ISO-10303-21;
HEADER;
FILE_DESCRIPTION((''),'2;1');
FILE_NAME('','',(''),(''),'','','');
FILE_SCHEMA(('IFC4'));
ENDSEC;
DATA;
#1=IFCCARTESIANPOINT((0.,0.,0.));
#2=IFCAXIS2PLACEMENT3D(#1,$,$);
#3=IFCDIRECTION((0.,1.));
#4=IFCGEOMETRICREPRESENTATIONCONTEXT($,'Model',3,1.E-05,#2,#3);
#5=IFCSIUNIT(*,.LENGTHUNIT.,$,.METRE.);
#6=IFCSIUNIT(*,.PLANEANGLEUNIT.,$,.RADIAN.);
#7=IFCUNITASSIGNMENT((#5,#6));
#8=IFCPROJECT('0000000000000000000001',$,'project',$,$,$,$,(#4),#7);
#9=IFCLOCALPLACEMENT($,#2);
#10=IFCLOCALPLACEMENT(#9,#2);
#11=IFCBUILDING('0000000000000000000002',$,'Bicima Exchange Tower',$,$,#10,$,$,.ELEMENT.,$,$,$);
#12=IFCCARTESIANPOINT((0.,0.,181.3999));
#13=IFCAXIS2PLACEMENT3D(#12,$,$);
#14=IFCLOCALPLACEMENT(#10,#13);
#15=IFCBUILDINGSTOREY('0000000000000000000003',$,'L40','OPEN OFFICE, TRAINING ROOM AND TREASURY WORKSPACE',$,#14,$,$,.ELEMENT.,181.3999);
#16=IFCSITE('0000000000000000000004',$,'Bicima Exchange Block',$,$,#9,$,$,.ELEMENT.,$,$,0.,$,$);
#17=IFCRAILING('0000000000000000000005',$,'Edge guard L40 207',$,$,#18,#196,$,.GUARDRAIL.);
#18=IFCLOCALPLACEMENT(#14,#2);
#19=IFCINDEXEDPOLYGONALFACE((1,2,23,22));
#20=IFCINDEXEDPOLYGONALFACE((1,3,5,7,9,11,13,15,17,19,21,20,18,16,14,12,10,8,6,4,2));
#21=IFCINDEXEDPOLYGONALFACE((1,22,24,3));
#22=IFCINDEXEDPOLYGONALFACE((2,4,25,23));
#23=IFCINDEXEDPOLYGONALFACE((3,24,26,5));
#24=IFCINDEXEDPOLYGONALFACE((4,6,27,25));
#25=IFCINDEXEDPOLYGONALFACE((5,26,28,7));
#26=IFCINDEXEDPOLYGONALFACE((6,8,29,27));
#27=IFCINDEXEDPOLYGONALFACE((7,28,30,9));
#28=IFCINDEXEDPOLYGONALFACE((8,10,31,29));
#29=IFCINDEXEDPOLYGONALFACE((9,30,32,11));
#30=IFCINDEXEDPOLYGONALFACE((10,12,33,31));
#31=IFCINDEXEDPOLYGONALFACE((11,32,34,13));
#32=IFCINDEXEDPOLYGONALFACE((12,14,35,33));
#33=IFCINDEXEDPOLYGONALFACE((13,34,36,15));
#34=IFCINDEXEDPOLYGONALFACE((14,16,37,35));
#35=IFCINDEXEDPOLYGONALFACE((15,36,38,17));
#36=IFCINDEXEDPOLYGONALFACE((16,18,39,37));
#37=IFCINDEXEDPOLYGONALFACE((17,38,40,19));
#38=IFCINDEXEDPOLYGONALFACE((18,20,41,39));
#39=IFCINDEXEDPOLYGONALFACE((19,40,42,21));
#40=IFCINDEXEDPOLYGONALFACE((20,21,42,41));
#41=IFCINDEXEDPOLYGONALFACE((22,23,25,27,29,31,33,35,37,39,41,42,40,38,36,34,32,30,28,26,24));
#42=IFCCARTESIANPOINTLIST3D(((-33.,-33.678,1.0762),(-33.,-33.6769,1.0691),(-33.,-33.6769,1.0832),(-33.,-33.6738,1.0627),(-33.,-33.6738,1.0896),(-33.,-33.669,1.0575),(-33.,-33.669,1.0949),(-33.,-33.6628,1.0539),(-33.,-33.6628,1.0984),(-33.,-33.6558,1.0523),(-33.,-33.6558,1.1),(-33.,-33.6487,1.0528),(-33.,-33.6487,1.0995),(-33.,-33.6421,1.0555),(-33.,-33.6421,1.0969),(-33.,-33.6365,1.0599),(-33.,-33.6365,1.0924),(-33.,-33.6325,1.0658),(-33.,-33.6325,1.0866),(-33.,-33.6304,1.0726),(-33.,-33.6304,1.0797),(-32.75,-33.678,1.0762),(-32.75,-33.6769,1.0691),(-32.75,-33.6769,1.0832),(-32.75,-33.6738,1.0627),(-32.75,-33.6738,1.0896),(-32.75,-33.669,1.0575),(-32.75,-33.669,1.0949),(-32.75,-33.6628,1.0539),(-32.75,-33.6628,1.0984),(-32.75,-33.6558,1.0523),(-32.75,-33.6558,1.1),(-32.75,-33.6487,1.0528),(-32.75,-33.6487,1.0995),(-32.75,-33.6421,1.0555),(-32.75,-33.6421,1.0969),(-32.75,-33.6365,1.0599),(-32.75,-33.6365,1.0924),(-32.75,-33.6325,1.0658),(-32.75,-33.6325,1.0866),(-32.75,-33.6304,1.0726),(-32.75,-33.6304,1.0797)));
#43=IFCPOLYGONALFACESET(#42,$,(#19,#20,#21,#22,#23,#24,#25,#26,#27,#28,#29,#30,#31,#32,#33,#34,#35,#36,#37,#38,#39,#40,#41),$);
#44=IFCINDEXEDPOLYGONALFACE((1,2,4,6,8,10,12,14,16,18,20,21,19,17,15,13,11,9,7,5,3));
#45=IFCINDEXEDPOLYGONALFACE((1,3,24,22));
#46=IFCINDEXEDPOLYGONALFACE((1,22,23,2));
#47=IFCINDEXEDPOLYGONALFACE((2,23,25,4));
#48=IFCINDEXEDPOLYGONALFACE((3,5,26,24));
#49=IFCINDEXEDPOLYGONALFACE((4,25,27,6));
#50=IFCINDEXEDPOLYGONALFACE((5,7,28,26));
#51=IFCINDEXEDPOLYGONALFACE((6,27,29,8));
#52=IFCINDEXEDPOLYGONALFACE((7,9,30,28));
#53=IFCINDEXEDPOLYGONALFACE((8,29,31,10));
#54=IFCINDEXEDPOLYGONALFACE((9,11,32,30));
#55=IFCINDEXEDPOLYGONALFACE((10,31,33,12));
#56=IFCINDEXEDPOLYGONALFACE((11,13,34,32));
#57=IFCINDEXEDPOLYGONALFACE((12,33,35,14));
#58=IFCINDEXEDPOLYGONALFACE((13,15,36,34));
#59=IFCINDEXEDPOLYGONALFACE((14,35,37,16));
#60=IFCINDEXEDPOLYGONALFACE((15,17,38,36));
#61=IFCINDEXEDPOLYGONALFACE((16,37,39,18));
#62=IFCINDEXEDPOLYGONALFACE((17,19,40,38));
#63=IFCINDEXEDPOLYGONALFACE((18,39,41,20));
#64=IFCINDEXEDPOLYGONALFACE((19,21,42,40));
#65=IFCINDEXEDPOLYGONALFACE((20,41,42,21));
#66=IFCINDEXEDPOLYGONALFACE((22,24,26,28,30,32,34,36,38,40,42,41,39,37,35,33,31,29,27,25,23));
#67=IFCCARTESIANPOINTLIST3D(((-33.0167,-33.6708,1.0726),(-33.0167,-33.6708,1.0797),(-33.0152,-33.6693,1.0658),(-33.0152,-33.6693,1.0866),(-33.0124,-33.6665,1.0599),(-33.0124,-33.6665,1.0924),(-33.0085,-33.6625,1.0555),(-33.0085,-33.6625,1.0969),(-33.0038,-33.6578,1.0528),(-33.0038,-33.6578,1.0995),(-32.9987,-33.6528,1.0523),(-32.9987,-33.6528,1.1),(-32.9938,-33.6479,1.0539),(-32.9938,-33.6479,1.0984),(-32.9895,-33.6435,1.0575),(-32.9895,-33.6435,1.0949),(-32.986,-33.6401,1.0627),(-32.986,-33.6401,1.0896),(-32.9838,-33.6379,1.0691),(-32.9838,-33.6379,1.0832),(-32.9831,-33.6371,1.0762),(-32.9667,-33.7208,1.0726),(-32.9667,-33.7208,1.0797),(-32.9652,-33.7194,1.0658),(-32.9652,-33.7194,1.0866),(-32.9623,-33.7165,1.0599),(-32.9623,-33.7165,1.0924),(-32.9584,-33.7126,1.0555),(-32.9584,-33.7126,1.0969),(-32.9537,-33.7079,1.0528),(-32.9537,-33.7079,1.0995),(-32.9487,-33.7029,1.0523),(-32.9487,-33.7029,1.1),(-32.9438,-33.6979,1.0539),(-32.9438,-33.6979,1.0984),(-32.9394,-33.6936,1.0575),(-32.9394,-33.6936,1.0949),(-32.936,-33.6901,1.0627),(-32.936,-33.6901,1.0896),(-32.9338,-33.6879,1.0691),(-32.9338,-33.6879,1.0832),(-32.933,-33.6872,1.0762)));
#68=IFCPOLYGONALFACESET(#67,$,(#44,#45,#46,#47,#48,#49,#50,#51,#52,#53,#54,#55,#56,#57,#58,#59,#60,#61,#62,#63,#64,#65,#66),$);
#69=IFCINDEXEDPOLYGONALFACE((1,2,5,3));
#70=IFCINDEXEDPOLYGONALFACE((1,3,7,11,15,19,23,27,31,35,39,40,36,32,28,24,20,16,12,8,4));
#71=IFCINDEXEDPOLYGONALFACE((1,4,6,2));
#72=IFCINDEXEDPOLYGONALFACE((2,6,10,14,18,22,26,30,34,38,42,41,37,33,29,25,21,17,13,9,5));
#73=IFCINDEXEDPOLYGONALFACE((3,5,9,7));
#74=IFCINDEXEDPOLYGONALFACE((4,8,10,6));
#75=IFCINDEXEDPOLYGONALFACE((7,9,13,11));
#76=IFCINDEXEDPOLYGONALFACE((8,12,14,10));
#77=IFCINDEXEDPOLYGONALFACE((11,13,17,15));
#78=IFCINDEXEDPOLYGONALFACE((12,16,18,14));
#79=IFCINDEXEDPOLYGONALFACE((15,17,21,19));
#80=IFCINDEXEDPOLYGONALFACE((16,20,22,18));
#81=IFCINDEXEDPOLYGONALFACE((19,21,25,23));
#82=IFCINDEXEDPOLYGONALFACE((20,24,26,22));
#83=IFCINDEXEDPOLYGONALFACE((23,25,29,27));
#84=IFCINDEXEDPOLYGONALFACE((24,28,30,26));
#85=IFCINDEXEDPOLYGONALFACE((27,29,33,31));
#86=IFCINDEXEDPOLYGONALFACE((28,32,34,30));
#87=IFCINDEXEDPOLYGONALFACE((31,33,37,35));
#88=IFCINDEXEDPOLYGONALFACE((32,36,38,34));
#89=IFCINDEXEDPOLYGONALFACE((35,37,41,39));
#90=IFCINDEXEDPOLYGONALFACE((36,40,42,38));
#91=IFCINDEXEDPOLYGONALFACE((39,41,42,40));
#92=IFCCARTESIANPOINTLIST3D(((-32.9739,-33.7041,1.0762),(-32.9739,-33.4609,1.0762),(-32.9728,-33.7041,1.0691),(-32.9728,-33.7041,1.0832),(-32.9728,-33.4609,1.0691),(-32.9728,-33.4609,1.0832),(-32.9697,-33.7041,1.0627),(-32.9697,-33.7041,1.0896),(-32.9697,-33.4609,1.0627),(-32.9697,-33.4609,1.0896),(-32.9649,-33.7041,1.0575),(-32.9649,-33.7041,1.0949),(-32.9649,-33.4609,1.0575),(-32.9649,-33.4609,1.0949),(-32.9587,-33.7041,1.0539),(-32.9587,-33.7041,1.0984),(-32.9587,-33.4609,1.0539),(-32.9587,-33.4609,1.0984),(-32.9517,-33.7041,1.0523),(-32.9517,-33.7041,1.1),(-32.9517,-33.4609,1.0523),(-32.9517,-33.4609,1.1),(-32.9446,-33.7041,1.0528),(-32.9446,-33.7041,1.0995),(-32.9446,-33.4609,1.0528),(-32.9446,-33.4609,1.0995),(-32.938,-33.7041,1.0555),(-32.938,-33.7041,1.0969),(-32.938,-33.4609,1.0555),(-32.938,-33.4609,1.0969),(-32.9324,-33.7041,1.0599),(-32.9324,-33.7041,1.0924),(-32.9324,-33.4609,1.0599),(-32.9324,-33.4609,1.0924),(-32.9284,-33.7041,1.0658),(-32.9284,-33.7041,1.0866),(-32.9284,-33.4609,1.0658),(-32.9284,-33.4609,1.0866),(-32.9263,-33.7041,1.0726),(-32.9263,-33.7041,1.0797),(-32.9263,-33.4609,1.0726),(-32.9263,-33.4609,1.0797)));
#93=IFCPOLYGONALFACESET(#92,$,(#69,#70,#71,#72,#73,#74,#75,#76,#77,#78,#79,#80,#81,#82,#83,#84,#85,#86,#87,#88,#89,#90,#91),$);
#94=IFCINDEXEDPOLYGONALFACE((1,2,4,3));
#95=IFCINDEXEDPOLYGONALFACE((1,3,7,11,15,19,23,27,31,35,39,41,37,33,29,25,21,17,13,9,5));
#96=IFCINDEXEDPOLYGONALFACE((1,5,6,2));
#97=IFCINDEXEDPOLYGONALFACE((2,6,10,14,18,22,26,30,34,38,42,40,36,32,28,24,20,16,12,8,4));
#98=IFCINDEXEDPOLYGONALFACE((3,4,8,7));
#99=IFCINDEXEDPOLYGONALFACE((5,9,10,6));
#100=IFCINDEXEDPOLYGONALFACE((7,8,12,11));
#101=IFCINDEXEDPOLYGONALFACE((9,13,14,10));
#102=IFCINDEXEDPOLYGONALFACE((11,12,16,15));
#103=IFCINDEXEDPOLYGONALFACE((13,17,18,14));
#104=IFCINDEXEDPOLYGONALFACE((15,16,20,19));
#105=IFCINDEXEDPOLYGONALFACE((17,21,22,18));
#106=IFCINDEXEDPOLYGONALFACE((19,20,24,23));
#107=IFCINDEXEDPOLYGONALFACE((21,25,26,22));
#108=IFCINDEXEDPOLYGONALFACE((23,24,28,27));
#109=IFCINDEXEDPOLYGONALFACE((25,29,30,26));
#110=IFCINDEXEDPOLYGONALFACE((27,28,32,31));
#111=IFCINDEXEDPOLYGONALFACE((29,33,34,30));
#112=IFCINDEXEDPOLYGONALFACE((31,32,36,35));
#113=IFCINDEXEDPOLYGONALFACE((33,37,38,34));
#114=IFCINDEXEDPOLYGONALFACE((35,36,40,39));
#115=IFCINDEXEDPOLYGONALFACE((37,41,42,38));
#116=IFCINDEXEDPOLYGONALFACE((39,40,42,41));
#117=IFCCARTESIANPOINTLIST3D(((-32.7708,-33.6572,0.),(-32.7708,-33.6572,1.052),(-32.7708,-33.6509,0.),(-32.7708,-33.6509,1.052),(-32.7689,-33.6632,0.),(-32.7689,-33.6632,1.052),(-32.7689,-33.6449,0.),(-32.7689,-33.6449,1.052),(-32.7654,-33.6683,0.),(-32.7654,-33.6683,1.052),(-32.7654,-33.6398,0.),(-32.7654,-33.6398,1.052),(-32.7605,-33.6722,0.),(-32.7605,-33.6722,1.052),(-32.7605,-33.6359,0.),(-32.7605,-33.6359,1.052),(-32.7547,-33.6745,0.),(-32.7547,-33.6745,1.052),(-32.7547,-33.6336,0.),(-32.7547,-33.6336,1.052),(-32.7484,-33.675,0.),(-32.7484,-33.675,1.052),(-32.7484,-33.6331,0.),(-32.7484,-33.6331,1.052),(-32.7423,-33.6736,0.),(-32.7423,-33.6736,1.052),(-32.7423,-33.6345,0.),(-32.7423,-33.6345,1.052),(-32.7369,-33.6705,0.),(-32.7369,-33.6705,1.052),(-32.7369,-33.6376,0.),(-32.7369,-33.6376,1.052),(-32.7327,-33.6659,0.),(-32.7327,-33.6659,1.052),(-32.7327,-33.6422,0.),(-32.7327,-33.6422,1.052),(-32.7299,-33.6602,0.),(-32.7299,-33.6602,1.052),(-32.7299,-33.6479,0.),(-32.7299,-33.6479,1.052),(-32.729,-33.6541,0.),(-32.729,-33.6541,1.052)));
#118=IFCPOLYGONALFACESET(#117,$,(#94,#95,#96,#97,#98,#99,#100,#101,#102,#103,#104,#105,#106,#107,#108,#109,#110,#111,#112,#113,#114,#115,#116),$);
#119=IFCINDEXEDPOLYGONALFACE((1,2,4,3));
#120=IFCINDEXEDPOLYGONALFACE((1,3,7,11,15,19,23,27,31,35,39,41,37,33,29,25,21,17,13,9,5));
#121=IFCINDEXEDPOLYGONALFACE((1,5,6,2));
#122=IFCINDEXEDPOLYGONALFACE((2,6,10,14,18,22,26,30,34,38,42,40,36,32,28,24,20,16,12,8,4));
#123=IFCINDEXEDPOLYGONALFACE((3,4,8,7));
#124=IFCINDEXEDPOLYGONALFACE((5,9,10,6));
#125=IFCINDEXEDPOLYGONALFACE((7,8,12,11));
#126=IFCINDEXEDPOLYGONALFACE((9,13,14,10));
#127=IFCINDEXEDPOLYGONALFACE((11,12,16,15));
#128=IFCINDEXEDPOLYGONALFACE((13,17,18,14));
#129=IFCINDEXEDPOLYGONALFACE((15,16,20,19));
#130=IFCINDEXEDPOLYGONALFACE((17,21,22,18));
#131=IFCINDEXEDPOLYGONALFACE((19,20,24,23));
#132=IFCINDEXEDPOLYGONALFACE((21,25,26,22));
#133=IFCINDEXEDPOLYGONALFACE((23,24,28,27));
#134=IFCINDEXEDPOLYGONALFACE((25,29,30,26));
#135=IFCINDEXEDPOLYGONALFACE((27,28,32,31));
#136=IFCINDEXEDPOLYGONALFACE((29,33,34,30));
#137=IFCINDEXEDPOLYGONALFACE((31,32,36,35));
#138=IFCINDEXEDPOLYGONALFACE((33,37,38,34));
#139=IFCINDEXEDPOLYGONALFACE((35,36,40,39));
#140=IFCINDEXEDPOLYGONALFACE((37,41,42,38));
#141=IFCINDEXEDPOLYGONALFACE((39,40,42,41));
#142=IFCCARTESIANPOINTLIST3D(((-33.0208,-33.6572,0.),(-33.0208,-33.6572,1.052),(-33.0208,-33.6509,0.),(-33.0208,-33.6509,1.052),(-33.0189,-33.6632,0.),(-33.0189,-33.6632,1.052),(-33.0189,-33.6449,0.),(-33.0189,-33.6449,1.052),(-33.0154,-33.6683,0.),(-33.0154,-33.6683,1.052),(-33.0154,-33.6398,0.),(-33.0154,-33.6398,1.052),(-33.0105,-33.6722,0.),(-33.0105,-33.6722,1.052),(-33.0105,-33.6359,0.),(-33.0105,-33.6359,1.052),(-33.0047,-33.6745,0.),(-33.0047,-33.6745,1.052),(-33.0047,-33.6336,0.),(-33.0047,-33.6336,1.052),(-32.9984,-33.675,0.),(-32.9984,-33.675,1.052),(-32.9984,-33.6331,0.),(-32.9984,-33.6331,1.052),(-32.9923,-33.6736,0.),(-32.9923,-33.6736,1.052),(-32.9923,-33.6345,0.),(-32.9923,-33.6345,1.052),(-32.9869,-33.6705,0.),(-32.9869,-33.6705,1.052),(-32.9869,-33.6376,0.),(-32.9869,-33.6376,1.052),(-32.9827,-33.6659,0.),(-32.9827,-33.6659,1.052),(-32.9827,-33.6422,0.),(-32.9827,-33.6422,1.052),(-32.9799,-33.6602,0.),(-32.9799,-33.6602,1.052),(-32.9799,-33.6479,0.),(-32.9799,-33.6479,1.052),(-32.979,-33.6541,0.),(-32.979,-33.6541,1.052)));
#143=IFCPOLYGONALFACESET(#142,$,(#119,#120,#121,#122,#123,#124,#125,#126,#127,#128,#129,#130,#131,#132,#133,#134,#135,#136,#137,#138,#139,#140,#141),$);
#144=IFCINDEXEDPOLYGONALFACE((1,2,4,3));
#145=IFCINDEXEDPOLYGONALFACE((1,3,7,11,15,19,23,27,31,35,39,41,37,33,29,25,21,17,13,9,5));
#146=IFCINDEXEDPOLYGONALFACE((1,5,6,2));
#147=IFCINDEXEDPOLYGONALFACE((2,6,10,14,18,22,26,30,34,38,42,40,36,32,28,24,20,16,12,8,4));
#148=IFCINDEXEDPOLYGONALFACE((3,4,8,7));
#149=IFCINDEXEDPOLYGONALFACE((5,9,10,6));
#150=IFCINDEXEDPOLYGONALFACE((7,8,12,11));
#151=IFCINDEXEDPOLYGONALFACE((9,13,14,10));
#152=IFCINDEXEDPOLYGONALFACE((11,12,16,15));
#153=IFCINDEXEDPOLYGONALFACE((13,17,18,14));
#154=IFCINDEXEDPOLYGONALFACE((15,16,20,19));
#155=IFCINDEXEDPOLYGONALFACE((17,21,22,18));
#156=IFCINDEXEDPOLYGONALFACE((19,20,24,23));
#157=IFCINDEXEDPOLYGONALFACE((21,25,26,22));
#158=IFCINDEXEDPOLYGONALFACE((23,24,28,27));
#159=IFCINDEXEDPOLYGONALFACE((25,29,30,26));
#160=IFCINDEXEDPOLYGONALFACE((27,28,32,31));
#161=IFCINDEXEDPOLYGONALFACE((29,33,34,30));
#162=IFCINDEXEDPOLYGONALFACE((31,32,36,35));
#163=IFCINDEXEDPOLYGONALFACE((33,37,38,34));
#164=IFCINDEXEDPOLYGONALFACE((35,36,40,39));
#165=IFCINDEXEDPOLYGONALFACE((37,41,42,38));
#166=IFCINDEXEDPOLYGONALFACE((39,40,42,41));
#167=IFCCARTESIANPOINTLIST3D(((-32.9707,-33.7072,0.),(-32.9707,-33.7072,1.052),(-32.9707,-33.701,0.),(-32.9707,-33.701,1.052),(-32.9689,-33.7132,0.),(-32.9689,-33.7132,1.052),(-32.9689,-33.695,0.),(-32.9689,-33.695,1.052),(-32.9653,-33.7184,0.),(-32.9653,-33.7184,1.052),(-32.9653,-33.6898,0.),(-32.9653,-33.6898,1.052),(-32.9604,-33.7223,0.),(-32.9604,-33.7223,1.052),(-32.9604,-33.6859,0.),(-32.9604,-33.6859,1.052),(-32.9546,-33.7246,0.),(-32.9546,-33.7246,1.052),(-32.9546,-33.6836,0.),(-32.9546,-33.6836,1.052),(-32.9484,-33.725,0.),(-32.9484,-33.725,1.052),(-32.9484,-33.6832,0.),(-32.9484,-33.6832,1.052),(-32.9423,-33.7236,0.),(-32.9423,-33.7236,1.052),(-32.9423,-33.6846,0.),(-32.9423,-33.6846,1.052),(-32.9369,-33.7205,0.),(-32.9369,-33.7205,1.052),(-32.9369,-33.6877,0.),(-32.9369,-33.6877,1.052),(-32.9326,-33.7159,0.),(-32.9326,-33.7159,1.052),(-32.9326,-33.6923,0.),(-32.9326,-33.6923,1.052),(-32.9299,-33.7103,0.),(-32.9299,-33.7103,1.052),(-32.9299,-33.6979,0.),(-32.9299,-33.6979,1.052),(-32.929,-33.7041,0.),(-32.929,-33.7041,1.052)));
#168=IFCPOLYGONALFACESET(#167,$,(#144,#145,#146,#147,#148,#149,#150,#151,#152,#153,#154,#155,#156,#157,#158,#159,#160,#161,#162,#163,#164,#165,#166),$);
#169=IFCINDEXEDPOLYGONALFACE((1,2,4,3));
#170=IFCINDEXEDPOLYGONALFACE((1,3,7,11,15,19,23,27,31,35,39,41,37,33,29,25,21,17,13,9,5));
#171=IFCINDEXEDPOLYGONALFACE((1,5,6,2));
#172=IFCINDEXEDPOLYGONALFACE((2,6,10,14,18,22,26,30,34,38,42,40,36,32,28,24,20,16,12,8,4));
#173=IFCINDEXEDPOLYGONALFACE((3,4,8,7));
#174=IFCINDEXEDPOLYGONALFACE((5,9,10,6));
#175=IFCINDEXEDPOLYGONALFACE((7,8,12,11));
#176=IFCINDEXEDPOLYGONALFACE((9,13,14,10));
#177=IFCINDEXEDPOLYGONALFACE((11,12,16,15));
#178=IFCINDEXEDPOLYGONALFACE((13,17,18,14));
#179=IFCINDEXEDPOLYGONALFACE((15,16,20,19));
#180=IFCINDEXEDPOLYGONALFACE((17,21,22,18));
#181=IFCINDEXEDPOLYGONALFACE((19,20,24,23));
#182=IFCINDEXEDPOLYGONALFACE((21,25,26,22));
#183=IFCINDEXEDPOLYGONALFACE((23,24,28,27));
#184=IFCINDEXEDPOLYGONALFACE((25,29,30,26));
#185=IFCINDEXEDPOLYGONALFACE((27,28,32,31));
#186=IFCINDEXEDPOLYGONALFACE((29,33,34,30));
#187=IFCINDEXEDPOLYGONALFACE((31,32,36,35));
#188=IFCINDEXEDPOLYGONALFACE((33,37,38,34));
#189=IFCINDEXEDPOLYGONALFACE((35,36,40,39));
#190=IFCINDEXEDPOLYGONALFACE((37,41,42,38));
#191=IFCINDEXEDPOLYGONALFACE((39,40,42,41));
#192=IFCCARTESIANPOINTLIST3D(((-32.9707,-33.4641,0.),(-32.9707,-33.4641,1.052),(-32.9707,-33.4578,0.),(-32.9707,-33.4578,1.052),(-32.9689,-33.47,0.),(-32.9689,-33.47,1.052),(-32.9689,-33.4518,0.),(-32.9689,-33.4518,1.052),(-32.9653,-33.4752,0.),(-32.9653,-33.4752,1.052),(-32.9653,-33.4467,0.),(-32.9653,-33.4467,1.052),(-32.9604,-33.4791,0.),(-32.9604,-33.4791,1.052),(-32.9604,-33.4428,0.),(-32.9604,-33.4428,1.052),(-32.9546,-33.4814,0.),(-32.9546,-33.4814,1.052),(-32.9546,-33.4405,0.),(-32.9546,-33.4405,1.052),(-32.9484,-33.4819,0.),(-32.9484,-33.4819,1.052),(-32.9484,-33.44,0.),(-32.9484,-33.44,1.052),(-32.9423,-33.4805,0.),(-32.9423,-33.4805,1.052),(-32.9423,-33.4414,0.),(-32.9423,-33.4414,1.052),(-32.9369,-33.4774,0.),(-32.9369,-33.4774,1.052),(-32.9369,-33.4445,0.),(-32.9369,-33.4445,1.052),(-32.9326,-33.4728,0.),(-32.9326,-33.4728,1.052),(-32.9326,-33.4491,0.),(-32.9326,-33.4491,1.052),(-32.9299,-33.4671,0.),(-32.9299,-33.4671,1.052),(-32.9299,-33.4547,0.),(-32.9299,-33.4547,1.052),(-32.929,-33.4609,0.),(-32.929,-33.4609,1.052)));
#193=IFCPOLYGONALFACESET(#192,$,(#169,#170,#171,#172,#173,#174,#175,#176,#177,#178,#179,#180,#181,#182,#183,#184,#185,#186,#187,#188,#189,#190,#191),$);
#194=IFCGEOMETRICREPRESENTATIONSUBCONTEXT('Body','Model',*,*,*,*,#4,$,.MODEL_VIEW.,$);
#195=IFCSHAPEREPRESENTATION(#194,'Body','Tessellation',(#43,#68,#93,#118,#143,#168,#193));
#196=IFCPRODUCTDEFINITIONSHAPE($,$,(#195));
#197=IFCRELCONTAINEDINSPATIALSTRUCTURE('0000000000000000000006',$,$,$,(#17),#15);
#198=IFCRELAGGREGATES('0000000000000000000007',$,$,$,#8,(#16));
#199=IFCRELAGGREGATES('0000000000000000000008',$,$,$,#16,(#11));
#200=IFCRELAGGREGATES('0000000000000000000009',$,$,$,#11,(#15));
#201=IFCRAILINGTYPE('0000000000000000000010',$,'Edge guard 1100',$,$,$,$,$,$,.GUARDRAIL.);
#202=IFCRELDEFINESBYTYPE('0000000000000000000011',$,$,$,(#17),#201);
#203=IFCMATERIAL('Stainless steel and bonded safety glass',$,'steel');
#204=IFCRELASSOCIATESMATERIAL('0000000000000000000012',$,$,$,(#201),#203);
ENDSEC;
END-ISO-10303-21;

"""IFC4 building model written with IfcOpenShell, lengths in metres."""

from ifc_helpers import new_model, si_unit, direction, frame, origin, origin_2d, place, context, subcontext, project, spatial, circle, extrude, material, type_object, element, save


model = new_model("IFC4")

# Units and contexts
model_context = context("Model", 3, precision=1e-05, world=origin(), true_north=direction((0.0, 1.0)))
body_context = subcontext(model_context, "Body", "Model", "MODEL_VIEW")
ifc_project = project(units=[si_unit("LENGTHUNIT", "METRE"), si_unit("PLANEANGLEUNIT", "RADIAN")], contexts=[model_context])

# Site, building, storey
site_placement = place(None, origin())
site = spatial("IfcSite", under=ifc_project, at=site_placement, Name="Bicima Exchange Block", CompositionType="ELEMENT", RefElevation=0.0)
building_placement = place(site_placement, origin())
building = spatial("IfcBuilding", under=site, at=building_placement, Name="Bicima Exchange Tower", CompositionType="ELEMENT")
storey_placement = place(building_placement, frame((0.0, 0.0, 181.3999)))
storey = spatial("IfcBuildingStorey", under=building, at=storey_placement, Name="L40", Description="OPEN OFFICE, TRAINING ROOM AND TREASURY WORKSPACE", CompositionType="ELEMENT", Elevation=181.3999)

# Railing
ifc_material_1 = material(Name="Stainless steel and bonded safety glass", Category="steel")
railing_type = type_object("IfcRailingType", Name="Edge guard 1100", PredefinedType="GUARDRAIL", material=ifc_material_1)
railing_1_placement = place(storey_placement, frame((-32.75, -33.6541, 0.0)))
element("IfcRailing", 1, at=railing_1_placement, inside=storey, type_object=railing_type, Name="Edge guard L40 207", PredefinedType="GUARDRAIL", context=body_context, shape_type="SweptSolid", body=[
    extrude(circle(Radius=0.0239, at=origin_2d()), frame((0.0, 0.0, 1.0762), z_axis=(-1.0, 0.0, 0.0), x_axis=(0.0, -1.0, 0.0)), (0.0, 0.0, 1.0), 0.25),
    extrude(circle(Radius=0.0239, at=origin_2d()), frame((-0.25, 0.0, 1.0762), z_axis=(0.707107, -0.707107, 0.0), x_axis=(0.707107, 0.707107, 0.0)), (0.0, 0.0, 1.0), 0.0708),
    extrude(circle(Radius=0.0239, at=origin_2d()), frame((-0.2, -0.05, 1.0762), z_axis=(0.0, 1.0, 0.0), x_axis=(-1.0, 0.0, 0.0)), (0.0, 0.0, 1.0), 0.2432),
    extrude(circle(Radius=0.021, at=origin_2d()), origin(), (0.0, 0.0, 1.0), 1.052),
    extrude(circle(Radius=0.021, at=origin_2d()), frame((-0.25, 0.0, 0.0)), (0.0, 0.0, 1.0), 1.052),
    extrude(circle(Radius=0.021, at=origin_2d()), frame((-0.2, -0.05, 0.0)), (0.0, 0.0, 1.0), 1.052),
    extrude(circle(Radius=0.021, at=origin_2d()), frame((-0.2, 0.1931, 0.0)), (0.0, 0.0, 1.0), 1.052),
])

save(model, "model.ifc")
